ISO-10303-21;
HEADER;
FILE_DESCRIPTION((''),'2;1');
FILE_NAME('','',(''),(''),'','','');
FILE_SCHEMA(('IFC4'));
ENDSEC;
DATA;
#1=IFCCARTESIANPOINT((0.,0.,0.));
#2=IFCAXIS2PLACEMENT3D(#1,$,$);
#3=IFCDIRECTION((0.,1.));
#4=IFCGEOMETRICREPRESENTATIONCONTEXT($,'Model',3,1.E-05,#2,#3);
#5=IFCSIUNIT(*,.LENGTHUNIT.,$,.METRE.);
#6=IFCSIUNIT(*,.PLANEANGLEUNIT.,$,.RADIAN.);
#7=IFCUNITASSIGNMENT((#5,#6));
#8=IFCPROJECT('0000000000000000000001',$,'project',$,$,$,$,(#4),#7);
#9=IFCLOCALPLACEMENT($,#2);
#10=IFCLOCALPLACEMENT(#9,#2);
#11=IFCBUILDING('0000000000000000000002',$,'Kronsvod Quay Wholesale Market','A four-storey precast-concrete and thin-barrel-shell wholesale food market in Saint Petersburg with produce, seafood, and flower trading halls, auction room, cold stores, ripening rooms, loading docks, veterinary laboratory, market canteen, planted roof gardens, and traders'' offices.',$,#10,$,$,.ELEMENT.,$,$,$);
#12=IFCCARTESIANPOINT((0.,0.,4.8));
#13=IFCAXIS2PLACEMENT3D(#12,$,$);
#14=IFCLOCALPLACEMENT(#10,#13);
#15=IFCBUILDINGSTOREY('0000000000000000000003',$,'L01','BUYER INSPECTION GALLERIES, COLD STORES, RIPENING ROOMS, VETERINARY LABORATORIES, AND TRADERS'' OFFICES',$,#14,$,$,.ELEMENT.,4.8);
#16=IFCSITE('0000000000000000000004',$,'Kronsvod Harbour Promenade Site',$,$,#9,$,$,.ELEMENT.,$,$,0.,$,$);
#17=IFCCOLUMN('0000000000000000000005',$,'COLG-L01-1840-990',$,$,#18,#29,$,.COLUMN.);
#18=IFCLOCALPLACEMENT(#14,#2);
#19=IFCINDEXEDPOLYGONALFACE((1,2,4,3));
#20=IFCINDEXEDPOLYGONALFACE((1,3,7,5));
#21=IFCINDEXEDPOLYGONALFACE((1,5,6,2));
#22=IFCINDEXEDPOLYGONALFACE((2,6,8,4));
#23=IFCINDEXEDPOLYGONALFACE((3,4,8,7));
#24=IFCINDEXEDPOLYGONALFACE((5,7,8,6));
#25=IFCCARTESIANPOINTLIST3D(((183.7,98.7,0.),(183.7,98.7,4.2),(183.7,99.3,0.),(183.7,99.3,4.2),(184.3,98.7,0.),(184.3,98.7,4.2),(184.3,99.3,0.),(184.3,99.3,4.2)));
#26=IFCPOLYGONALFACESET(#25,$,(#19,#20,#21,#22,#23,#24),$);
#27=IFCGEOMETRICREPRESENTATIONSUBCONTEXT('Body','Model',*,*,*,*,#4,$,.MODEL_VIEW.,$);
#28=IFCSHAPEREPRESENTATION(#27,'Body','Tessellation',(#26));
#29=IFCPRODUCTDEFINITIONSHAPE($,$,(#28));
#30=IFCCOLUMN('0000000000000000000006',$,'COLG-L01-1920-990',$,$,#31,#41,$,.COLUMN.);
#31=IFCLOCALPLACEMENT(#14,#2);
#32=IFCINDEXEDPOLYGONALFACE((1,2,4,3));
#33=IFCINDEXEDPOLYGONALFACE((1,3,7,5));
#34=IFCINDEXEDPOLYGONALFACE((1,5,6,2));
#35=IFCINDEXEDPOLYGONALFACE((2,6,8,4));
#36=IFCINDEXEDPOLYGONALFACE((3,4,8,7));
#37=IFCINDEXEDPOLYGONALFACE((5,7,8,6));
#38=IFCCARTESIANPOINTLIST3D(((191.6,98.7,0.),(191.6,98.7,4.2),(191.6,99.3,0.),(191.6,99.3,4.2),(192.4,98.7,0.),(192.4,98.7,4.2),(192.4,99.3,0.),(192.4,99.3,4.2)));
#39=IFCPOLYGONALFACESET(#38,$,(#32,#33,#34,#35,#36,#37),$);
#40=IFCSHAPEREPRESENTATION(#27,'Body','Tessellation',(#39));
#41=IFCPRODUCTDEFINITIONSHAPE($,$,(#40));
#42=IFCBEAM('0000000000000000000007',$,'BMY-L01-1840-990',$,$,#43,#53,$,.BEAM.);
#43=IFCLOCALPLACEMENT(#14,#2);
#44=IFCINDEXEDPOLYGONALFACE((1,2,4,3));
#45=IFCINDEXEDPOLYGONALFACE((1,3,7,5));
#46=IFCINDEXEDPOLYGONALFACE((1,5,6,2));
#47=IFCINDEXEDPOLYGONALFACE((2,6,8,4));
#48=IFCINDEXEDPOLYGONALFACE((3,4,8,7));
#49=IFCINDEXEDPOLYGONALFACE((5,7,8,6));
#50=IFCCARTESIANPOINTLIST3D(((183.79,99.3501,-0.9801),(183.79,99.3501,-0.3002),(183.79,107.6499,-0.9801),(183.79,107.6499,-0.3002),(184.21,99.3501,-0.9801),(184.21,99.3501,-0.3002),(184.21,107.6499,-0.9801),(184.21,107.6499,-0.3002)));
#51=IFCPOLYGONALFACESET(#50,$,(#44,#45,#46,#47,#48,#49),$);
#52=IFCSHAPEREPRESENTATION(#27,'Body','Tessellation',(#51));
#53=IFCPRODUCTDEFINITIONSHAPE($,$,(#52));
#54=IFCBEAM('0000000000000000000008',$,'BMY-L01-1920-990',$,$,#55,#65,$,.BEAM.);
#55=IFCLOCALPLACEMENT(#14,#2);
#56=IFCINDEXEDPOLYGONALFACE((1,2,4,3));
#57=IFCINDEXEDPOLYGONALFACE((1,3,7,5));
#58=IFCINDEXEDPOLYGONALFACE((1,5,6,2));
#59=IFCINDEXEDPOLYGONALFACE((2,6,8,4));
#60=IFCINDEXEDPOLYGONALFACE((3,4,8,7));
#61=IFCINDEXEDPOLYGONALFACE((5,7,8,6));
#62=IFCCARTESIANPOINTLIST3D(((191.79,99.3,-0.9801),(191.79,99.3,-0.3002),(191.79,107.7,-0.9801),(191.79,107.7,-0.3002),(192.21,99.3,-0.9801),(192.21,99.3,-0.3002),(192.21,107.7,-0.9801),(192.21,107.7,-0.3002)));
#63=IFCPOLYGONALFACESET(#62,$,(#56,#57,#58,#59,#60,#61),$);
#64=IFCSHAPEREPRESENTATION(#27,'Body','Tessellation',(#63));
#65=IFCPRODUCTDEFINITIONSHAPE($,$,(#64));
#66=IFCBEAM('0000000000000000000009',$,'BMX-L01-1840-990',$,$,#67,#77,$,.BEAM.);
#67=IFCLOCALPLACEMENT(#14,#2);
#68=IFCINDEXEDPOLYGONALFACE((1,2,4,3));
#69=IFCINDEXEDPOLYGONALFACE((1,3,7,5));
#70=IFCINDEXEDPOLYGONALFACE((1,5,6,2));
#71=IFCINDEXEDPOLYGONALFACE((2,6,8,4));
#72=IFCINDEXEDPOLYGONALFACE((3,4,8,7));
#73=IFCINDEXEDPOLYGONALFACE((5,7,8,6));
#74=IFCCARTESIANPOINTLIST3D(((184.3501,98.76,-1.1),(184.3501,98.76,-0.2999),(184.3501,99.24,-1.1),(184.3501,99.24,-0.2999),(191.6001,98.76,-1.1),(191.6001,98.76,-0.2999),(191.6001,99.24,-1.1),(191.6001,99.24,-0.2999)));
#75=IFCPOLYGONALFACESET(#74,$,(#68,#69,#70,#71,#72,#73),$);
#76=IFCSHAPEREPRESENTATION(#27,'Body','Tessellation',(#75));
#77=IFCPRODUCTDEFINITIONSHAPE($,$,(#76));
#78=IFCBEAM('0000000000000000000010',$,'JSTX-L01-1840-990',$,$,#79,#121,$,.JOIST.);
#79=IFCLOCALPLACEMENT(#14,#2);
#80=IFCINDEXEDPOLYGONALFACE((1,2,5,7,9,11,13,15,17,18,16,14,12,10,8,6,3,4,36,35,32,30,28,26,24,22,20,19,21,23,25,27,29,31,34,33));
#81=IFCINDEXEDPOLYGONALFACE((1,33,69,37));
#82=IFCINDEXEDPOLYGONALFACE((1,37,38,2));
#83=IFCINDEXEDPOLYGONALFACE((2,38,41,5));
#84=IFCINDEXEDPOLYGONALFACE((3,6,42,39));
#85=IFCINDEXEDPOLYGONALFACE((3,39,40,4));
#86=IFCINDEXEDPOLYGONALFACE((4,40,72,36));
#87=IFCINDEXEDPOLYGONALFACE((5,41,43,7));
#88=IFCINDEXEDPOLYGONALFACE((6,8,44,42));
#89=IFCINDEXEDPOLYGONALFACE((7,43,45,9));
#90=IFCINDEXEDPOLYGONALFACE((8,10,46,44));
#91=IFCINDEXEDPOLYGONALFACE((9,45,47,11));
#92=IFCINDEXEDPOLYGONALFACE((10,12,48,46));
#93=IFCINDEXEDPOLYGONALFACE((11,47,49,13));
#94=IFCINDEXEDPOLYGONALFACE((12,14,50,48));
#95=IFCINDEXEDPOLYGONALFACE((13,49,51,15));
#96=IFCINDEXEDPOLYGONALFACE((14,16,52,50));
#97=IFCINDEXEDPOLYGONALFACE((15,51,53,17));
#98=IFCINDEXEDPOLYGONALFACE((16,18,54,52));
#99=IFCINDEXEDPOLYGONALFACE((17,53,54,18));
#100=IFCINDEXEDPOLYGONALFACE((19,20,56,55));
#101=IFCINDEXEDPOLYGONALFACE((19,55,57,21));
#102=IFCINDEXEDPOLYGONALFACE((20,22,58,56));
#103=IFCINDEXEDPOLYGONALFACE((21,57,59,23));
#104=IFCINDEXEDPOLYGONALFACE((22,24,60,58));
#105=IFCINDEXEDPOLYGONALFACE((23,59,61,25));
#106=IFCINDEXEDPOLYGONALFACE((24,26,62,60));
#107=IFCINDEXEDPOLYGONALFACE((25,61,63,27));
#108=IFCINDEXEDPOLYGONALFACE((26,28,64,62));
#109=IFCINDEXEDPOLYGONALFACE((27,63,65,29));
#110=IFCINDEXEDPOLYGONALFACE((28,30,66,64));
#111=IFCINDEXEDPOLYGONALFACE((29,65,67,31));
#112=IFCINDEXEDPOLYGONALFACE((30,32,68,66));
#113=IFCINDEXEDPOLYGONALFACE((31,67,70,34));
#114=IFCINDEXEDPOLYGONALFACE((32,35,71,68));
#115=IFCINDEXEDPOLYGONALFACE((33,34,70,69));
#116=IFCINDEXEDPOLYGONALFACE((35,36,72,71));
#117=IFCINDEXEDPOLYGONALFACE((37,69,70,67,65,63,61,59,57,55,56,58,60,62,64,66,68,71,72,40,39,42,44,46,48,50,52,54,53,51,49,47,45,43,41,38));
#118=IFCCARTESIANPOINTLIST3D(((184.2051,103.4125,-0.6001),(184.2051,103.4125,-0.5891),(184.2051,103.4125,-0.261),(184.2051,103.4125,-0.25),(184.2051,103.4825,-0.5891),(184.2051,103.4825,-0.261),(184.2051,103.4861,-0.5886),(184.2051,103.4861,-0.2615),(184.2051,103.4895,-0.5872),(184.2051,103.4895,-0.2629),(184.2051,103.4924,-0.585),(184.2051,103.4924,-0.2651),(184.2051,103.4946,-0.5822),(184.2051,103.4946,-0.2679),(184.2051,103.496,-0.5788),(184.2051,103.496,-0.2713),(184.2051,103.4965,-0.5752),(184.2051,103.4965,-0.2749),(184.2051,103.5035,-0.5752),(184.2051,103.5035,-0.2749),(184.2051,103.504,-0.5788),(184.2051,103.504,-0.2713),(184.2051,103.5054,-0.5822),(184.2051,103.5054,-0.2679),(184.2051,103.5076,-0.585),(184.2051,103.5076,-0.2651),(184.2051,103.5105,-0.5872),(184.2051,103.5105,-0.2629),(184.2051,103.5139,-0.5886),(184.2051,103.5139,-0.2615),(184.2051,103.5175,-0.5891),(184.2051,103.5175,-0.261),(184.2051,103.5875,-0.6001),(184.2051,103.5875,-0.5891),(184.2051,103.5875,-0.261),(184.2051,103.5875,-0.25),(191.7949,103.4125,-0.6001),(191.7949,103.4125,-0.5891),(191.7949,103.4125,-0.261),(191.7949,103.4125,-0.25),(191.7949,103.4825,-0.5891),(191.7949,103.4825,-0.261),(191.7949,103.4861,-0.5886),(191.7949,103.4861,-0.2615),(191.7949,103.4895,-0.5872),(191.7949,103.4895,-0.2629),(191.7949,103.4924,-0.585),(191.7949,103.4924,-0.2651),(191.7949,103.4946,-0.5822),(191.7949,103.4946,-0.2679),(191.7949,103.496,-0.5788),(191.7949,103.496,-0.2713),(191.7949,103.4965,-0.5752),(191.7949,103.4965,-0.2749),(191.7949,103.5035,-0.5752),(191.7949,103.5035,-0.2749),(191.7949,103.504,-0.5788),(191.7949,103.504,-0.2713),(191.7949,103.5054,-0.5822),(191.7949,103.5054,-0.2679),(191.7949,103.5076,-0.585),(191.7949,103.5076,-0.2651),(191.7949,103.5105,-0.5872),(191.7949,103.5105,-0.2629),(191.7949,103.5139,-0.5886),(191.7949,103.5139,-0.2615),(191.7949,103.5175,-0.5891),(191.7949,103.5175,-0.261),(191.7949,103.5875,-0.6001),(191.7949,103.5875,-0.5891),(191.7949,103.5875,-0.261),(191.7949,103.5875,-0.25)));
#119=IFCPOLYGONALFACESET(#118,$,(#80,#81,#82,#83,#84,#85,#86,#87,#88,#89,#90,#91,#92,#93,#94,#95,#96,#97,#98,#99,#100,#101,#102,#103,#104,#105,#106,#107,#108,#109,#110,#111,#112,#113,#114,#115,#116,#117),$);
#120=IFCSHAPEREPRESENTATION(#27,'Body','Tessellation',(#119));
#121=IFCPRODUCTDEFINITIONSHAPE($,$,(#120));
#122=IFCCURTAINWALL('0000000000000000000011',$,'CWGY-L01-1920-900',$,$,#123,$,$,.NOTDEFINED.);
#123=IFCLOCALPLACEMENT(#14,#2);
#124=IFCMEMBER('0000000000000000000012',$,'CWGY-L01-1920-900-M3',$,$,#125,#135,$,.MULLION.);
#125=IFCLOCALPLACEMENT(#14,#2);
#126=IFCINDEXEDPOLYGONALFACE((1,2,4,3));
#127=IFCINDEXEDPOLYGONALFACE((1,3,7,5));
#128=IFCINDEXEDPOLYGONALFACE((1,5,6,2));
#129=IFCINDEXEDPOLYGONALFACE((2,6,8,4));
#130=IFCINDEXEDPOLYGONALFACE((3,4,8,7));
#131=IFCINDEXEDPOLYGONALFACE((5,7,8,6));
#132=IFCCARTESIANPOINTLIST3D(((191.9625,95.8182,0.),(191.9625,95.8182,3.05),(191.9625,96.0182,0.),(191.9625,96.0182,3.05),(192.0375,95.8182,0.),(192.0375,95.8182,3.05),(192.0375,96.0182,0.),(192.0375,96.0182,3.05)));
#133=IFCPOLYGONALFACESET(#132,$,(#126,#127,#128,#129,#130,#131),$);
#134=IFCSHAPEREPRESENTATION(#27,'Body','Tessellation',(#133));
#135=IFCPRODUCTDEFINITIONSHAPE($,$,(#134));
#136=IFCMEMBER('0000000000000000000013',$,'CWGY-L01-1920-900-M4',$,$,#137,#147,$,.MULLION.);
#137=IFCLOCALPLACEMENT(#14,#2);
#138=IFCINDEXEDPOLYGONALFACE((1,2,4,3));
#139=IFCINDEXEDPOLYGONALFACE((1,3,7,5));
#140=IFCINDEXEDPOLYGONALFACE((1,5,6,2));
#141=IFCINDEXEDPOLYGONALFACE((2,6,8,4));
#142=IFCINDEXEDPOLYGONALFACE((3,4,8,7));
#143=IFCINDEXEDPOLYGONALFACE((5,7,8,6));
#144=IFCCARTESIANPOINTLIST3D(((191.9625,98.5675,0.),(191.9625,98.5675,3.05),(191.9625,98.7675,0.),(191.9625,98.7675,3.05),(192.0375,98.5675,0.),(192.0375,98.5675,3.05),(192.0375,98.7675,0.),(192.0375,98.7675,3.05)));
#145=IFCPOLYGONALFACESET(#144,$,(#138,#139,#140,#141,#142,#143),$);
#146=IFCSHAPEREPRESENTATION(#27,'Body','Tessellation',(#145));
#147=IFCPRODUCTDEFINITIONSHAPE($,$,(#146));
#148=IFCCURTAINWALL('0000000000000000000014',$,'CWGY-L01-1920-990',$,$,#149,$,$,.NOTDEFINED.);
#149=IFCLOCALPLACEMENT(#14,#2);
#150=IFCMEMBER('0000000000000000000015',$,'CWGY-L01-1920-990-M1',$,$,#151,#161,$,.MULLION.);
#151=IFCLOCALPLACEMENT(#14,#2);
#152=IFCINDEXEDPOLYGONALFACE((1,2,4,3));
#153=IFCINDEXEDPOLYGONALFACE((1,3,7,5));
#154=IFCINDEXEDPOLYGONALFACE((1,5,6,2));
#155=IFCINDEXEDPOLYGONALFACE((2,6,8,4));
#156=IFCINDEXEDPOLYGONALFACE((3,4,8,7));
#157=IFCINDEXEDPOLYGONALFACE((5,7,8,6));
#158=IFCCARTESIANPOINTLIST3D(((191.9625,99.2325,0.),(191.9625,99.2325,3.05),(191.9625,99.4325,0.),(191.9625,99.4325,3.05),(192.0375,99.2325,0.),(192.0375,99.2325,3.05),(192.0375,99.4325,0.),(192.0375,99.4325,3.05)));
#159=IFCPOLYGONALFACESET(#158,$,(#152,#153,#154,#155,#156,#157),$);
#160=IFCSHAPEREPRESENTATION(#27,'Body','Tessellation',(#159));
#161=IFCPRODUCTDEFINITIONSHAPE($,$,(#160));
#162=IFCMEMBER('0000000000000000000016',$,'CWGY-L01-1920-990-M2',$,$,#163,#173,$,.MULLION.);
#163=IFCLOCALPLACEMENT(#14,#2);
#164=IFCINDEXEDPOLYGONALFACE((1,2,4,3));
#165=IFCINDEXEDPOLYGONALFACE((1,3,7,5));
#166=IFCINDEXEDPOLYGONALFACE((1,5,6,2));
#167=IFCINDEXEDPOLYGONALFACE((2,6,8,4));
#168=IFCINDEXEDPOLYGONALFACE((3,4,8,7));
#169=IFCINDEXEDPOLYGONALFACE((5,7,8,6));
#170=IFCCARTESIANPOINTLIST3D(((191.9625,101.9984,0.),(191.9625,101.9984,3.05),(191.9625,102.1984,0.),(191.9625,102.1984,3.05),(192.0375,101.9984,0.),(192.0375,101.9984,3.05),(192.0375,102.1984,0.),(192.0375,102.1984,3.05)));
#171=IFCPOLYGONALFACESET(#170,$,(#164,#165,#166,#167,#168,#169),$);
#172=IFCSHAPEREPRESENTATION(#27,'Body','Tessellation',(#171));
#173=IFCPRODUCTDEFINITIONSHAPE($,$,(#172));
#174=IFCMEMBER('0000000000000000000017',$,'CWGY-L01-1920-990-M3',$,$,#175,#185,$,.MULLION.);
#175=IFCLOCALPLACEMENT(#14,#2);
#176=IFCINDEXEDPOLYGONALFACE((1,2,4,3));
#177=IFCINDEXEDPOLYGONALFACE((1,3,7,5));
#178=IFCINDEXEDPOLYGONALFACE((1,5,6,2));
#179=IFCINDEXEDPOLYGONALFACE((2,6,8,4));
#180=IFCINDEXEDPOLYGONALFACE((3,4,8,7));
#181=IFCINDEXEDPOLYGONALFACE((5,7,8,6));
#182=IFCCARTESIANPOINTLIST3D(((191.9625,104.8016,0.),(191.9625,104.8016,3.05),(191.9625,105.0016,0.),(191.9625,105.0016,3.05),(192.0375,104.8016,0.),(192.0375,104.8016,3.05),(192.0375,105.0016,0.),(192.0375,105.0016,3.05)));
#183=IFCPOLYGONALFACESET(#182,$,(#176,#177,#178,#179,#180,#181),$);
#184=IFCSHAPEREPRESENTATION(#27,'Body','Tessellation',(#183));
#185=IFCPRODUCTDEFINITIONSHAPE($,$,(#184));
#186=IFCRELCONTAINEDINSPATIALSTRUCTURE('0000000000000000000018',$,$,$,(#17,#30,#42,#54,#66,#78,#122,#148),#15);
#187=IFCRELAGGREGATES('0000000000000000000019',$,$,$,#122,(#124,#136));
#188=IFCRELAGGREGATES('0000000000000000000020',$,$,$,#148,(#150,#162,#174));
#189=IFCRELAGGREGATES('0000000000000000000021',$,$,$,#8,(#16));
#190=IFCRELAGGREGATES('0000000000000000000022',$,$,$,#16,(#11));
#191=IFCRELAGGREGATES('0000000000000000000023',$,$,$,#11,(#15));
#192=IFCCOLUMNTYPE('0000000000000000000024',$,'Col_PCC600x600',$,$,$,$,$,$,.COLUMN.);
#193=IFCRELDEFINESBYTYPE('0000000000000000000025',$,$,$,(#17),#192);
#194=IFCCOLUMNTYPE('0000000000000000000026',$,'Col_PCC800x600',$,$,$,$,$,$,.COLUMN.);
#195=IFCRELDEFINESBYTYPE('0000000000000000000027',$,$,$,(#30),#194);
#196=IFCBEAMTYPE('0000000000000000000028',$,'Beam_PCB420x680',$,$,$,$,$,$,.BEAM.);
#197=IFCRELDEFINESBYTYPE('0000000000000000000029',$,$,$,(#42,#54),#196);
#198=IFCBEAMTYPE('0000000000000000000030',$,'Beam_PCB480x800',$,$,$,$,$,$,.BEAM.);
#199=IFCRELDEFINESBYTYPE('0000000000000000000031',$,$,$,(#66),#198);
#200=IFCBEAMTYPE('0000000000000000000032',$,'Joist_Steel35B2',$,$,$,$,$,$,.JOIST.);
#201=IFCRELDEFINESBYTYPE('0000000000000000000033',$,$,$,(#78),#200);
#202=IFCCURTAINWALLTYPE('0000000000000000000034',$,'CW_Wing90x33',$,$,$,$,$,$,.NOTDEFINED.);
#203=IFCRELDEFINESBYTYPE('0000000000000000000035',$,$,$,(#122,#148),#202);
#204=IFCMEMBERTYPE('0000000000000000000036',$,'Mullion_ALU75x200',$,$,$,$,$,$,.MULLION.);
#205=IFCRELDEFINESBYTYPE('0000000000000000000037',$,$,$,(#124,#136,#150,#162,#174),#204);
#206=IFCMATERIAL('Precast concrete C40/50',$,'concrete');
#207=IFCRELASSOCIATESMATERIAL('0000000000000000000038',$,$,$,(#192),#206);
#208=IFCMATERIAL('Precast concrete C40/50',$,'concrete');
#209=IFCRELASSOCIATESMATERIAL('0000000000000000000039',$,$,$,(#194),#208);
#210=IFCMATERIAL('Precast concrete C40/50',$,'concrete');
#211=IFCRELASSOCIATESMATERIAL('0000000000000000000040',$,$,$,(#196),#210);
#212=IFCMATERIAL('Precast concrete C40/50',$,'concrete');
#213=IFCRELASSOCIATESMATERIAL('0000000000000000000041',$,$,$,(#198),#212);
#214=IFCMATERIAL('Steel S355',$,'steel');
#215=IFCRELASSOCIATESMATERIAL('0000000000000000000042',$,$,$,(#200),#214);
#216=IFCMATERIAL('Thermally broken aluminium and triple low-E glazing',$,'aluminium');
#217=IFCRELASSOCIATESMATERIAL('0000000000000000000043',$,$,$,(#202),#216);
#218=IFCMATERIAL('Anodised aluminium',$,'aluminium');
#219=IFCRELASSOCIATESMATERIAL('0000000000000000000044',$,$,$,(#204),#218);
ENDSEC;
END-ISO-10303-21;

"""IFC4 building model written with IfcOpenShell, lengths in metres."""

from ifc_helpers import new_model, si_unit, direction, frame, origin, origin_2d, place, context, subcontext, project, spatial, rectangle, i_section, extrude, material, material_profile, profile_set, type_object, element, aggregate, save


model = new_model("IFC4")

# Units and contexts
model_context = context("Model", 3, precision=1e-05, world=origin(), true_north=direction((0.0, 1.0)))
body_context = subcontext(model_context, "Body", "Model", "MODEL_VIEW")
ifc_project = project(units=[si_unit("LENGTHUNIT", "METRE"), si_unit("PLANEANGLEUNIT", "RADIAN")], contexts=[model_context])

# Site, building, storey
site_placement = place(None, origin())
site = spatial("IfcSite", under=ifc_project, at=site_placement, Name="Kronsvod Harbour Promenade Site", CompositionType="ELEMENT", RefElevation=0.0)
building_placement = place(site_placement, origin())
building = spatial("IfcBuilding", under=site, at=building_placement, Name="Kronsvod Quay Wholesale Market", Description="A four-storey precast-concrete and thin-barrel-shell wholesale food market in Saint Petersburg with produce, seafood, and flower trading halls, auction room, cold stores, ripening rooms, loading docks, veterinary laboratory, market canteen, planted roof gardens, and traders' offices.", CompositionType="ELEMENT")
storey_placement = place(building_placement, frame((0.0, 0.0, 4.8)))
storey = spatial("IfcBuildingStorey", under=building, at=storey_placement, Name="L01", Description="BUYER INSPECTION GALLERIES, COLD STORES, RIPENING ROOMS, VETERINARY LABORATORIES, AND TRADERS' OFFICES", CompositionType="ELEMENT", Elevation=4.8)

# Columns
ifc_material_1 = material(Name="Precast concrete C40/50", Category="concrete")
ifc_material_profile_1 = material_profile(ifc_material_1, rectangle(XDim=0.6001, YDim=0.6001, at=origin_2d()), Name="PCC600x600")
ifc_profile_set_1 = profile_set([ifc_material_profile_1], Name="Precast concrete C40/50")
column_type_1 = type_object("IfcColumnType", Name="Col_PCC600x600", PredefinedType="COLUMN", material=ifc_profile_set_1)
column_1_placement = place(storey_placement, frame((184.0, 99.0, 0.0), z_axis=(0.0, 0.0, 1.0), x_axis=(1.0, 0.0, 0.0)))
element("IfcColumn", 1, at=column_1_placement, inside=storey, type_object=column_type_1, Name="COLG-L01-1840-990", PredefinedType="COLUMN", context=body_context, shape_type="SweptSolid", body=[
    extrude(rectangle(XDim=0.6001, YDim=0.6001, at=origin_2d()), origin(), (0.0, 0.0, 1.0), 4.2),
])
ifc_material_2 = material(Name="Precast concrete C40/50", Category="concrete")
ifc_material_profile_2 = material_profile(ifc_material_2, rectangle(XDim=0.8, YDim=0.6001, at=origin_2d()), Name="PCC800x600")
ifc_profile_set_2 = profile_set([ifc_material_profile_2], Name="Precast concrete C40/50")
column_type_2 = type_object("IfcColumnType", Name="Col_PCC800x600", PredefinedType="COLUMN", material=ifc_profile_set_2)
column_2_placement = place(storey_placement, frame((192.0, 99.0, 0.0), z_axis=(0.0, 0.0, 1.0), x_axis=(1.0, 0.0, 0.0)))
element("IfcColumn", 2, at=column_2_placement, inside=storey, type_object=column_type_2, Name="COLG-L01-1920-990", PredefinedType="COLUMN", context=body_context, shape_type="SweptSolid", body=[
    extrude(rectangle(XDim=0.8, YDim=0.6001, at=origin_2d()), origin(), (0.0, 0.0, 1.0), 4.2),
])

# Beams
ifc_material_3 = material(Name="Precast concrete C40/50", Category="concrete")
ifc_material_profile_3 = material_profile(ifc_material_3, rectangle(XDim=0.4199, YDim=0.6799, at=origin_2d()), Name="PB-05")
ifc_profile_set_3 = profile_set([ifc_material_profile_3], Name="Precast concrete C40/50")
beam_type_1 = type_object("IfcBeamType", Name="Beam_PCB420x680", PredefinedType="BEAM", material=ifc_profile_set_3)
beam_1_placement = place(storey_placement, frame((184.0, 99.3501, -0.6401), z_axis=(0.0, 1.0, 0.0), x_axis=(-1.0, 0.0, 0.0)))
element("IfcBeam", 3, at=beam_1_placement, inside=storey, type_object=beam_type_1, Name="BMY-L01-1840-990", PredefinedType="BEAM", context=body_context, shape_type="SweptSolid", body=[
    extrude(rectangle(XDim=0.4199, YDim=0.6799, at=origin_2d()), origin(), (0.0, 0.0, 1.0), 8.2998),
])
beam_2_placement = place(storey_placement, frame((192.0, 99.3, -0.6401), z_axis=(0.0, 1.0, 0.0), x_axis=(-1.0, 0.0, 0.0)))
element("IfcBeam", 4, at=beam_2_placement, inside=storey, type_object=beam_type_1, Name="BMY-L01-1920-990", PredefinedType="BEAM", context=body_context, shape_type="SweptSolid", body=[
    extrude(rectangle(XDim=0.4199, YDim=0.6799, at=origin_2d()), origin(), (0.0, 0.0, 1.0), 8.3999),
])
ifc_material_4 = material(Name="Precast concrete C40/50", Category="concrete")
ifc_material_profile_4 = material_profile(ifc_material_4, rectangle(XDim=0.48, YDim=0.8, at=origin_2d()), Name="PB-04")
ifc_profile_set_4 = profile_set([ifc_material_profile_4], Name="Precast concrete C40/50")
beam_type_2 = type_object("IfcBeamType", Name="Beam_PCB480x800", PredefinedType="BEAM", material=ifc_profile_set_4)
beam_3_placement = place(storey_placement, frame((184.3501, 99.0, -0.7), z_axis=(1.0, 0.0, 0.0), x_axis=(0.0, 1.0, 0.0)))
element("IfcBeam", 5, at=beam_3_placement, inside=storey, type_object=beam_type_2, Name="BMX-L01-1840-990", PredefinedType="BEAM", context=body_context, shape_type="SweptSolid", body=[
    extrude(rectangle(XDim=0.48, YDim=0.8, at=origin_2d()), origin(), (0.0, 0.0, 1.0), 7.25),
])
ifc_material_5 = material(Name="Steel S355", Category="steel")
ifc_material_profile_5 = material_profile(ifc_material_5, i_section(OverallWidth=0.175, OverallDepth=0.3501, WebThickness=0.0071, FlangeThickness=0.011, FilletRadius=0.0139, at=origin_2d()), Name="35B2")
ifc_profile_set_5 = profile_set([ifc_material_profile_5], Name="Steel S355")
beam_type_3 = type_object("IfcBeamType", Name="Joist_Steel35B2", PredefinedType="JOIST", material=ifc_profile_set_5)
beam_4_placement = place(storey_placement, frame((184.2051, 103.5, -0.425), z_axis=(1.0, 0.0, 0.0), x_axis=(0.0, 1.0, 0.0)))
element("IfcBeam", 6, at=beam_4_placement, inside=storey, type_object=beam_type_3, Name="JSTX-L01-1840-990", PredefinedType="JOIST", context=body_context, shape_type="SweptSolid", body=[
    extrude(i_section(OverallWidth=0.175, OverallDepth=0.3501, WebThickness=0.0071, FlangeThickness=0.011, FilletRadius=0.0139, at=origin_2d()), origin(), (0.0, 0.0, 1.0), 7.5898),
])

# Curtain walls, members
ifc_material_6 = material(Name="Thermally broken aluminium and triple low-E glazing", Category="aluminium")
curtain_wall_type_1 = type_object("IfcCurtainWallType", Name="CW_Wing90x33", PredefinedType="NOTDEFINED", material=ifc_material_6)
curtain_wall_1_placement = place(storey_placement, origin())
curtain_wall_1 = element("IfcCurtainWall", 7, at=curtain_wall_1_placement, inside=storey, type_object=curtain_wall_type_1, Name="CWGY-L01-1920-900", PredefinedType="NOTDEFINED")
ifc_material_7 = material(Name="Anodised aluminium", Category="aluminium")
ifc_material_profile_6 = material_profile(ifc_material_7, rectangle(XDim=0.075, YDim=0.2, at=origin_2d()), Name="ALUM75x200")
ifc_profile_set_6 = profile_set([ifc_material_profile_6], Name="Anodised aluminium")
member_type_1 = type_object("IfcMemberType", Name="Mullion_ALU75x200", PredefinedType="MULLION", material=ifc_profile_set_6)
member_1_placement = place(storey_placement, frame((192.0, 95.9182, 0.0), z_axis=(0.0, 0.0, 1.0), x_axis=(1.0, 0.0, 0.0)))
member_1 = element("IfcMember", 8, at=member_1_placement, type_object=member_type_1, Name="CWGY-L01-1920-900-M3", PredefinedType="MULLION", context=body_context, shape_type="SweptSolid", body=[
    extrude(rectangle(XDim=0.075, YDim=0.2, at=origin_2d()), origin(), (0.0, 0.0, 1.0), 3.05),
])
member_2_placement = place(storey_placement, frame((192.0, 98.6675, 0.0), z_axis=(0.0, 0.0, 1.0), x_axis=(1.0, 0.0, 0.0)))
member_2 = element("IfcMember", 9, at=member_2_placement, type_object=member_type_1, Name="CWGY-L01-1920-900-M4", PredefinedType="MULLION", context=body_context, shape_type="SweptSolid", body=[
    extrude(rectangle(XDim=0.075, YDim=0.2, at=origin_2d()), origin(), (0.0, 0.0, 1.0), 3.05),
])
curtain_wall_2_placement = place(storey_placement, origin())
curtain_wall_2 = element("IfcCurtainWall", 10, at=curtain_wall_2_placement, inside=storey, type_object=curtain_wall_type_1, Name="CWGY-L01-1920-990", PredefinedType="NOTDEFINED")
member_3_placement = place(storey_placement, frame((192.0, 99.3325, 0.0), z_axis=(0.0, 0.0, 1.0), x_axis=(1.0, 0.0, 0.0)))
member_3 = element("IfcMember", 11, at=member_3_placement, type_object=member_type_1, Name="CWGY-L01-1920-990-M1", PredefinedType="MULLION", context=body_context, shape_type="SweptSolid", body=[
    extrude(rectangle(XDim=0.075, YDim=0.2, at=origin_2d()), origin(), (0.0, 0.0, 1.0), 3.05),
])
member_4_placement = place(storey_placement, frame((192.0, 102.0984, 0.0), z_axis=(0.0, 0.0, 1.0), x_axis=(1.0, 0.0, 0.0)))
member_4 = element("IfcMember", 12, at=member_4_placement, type_object=member_type_1, Name="CWGY-L01-1920-990-M2", PredefinedType="MULLION", context=body_context, shape_type="SweptSolid", body=[
    extrude(rectangle(XDim=0.075, YDim=0.2, at=origin_2d()), origin(), (0.0, 0.0, 1.0), 3.05),
])
member_5_placement = place(storey_placement, frame((192.0, 104.9016, 0.0), z_axis=(0.0, 0.0, 1.0), x_axis=(1.0, 0.0, 0.0)))
member_5 = element("IfcMember", 13, at=member_5_placement, type_object=member_type_1, Name="CWGY-L01-1920-990-M3", PredefinedType="MULLION", context=body_context, shape_type="SweptSolid", body=[
    extrude(rectangle(XDim=0.075, YDim=0.2, at=origin_2d()), origin(), (0.0, 0.0, 1.0), 3.05),
])

aggregate(curtain_wall_1, [member_1, member_2])
aggregate(curtain_wall_2, [member_3, member_4, member_5])

save(model, "model.ifc")
